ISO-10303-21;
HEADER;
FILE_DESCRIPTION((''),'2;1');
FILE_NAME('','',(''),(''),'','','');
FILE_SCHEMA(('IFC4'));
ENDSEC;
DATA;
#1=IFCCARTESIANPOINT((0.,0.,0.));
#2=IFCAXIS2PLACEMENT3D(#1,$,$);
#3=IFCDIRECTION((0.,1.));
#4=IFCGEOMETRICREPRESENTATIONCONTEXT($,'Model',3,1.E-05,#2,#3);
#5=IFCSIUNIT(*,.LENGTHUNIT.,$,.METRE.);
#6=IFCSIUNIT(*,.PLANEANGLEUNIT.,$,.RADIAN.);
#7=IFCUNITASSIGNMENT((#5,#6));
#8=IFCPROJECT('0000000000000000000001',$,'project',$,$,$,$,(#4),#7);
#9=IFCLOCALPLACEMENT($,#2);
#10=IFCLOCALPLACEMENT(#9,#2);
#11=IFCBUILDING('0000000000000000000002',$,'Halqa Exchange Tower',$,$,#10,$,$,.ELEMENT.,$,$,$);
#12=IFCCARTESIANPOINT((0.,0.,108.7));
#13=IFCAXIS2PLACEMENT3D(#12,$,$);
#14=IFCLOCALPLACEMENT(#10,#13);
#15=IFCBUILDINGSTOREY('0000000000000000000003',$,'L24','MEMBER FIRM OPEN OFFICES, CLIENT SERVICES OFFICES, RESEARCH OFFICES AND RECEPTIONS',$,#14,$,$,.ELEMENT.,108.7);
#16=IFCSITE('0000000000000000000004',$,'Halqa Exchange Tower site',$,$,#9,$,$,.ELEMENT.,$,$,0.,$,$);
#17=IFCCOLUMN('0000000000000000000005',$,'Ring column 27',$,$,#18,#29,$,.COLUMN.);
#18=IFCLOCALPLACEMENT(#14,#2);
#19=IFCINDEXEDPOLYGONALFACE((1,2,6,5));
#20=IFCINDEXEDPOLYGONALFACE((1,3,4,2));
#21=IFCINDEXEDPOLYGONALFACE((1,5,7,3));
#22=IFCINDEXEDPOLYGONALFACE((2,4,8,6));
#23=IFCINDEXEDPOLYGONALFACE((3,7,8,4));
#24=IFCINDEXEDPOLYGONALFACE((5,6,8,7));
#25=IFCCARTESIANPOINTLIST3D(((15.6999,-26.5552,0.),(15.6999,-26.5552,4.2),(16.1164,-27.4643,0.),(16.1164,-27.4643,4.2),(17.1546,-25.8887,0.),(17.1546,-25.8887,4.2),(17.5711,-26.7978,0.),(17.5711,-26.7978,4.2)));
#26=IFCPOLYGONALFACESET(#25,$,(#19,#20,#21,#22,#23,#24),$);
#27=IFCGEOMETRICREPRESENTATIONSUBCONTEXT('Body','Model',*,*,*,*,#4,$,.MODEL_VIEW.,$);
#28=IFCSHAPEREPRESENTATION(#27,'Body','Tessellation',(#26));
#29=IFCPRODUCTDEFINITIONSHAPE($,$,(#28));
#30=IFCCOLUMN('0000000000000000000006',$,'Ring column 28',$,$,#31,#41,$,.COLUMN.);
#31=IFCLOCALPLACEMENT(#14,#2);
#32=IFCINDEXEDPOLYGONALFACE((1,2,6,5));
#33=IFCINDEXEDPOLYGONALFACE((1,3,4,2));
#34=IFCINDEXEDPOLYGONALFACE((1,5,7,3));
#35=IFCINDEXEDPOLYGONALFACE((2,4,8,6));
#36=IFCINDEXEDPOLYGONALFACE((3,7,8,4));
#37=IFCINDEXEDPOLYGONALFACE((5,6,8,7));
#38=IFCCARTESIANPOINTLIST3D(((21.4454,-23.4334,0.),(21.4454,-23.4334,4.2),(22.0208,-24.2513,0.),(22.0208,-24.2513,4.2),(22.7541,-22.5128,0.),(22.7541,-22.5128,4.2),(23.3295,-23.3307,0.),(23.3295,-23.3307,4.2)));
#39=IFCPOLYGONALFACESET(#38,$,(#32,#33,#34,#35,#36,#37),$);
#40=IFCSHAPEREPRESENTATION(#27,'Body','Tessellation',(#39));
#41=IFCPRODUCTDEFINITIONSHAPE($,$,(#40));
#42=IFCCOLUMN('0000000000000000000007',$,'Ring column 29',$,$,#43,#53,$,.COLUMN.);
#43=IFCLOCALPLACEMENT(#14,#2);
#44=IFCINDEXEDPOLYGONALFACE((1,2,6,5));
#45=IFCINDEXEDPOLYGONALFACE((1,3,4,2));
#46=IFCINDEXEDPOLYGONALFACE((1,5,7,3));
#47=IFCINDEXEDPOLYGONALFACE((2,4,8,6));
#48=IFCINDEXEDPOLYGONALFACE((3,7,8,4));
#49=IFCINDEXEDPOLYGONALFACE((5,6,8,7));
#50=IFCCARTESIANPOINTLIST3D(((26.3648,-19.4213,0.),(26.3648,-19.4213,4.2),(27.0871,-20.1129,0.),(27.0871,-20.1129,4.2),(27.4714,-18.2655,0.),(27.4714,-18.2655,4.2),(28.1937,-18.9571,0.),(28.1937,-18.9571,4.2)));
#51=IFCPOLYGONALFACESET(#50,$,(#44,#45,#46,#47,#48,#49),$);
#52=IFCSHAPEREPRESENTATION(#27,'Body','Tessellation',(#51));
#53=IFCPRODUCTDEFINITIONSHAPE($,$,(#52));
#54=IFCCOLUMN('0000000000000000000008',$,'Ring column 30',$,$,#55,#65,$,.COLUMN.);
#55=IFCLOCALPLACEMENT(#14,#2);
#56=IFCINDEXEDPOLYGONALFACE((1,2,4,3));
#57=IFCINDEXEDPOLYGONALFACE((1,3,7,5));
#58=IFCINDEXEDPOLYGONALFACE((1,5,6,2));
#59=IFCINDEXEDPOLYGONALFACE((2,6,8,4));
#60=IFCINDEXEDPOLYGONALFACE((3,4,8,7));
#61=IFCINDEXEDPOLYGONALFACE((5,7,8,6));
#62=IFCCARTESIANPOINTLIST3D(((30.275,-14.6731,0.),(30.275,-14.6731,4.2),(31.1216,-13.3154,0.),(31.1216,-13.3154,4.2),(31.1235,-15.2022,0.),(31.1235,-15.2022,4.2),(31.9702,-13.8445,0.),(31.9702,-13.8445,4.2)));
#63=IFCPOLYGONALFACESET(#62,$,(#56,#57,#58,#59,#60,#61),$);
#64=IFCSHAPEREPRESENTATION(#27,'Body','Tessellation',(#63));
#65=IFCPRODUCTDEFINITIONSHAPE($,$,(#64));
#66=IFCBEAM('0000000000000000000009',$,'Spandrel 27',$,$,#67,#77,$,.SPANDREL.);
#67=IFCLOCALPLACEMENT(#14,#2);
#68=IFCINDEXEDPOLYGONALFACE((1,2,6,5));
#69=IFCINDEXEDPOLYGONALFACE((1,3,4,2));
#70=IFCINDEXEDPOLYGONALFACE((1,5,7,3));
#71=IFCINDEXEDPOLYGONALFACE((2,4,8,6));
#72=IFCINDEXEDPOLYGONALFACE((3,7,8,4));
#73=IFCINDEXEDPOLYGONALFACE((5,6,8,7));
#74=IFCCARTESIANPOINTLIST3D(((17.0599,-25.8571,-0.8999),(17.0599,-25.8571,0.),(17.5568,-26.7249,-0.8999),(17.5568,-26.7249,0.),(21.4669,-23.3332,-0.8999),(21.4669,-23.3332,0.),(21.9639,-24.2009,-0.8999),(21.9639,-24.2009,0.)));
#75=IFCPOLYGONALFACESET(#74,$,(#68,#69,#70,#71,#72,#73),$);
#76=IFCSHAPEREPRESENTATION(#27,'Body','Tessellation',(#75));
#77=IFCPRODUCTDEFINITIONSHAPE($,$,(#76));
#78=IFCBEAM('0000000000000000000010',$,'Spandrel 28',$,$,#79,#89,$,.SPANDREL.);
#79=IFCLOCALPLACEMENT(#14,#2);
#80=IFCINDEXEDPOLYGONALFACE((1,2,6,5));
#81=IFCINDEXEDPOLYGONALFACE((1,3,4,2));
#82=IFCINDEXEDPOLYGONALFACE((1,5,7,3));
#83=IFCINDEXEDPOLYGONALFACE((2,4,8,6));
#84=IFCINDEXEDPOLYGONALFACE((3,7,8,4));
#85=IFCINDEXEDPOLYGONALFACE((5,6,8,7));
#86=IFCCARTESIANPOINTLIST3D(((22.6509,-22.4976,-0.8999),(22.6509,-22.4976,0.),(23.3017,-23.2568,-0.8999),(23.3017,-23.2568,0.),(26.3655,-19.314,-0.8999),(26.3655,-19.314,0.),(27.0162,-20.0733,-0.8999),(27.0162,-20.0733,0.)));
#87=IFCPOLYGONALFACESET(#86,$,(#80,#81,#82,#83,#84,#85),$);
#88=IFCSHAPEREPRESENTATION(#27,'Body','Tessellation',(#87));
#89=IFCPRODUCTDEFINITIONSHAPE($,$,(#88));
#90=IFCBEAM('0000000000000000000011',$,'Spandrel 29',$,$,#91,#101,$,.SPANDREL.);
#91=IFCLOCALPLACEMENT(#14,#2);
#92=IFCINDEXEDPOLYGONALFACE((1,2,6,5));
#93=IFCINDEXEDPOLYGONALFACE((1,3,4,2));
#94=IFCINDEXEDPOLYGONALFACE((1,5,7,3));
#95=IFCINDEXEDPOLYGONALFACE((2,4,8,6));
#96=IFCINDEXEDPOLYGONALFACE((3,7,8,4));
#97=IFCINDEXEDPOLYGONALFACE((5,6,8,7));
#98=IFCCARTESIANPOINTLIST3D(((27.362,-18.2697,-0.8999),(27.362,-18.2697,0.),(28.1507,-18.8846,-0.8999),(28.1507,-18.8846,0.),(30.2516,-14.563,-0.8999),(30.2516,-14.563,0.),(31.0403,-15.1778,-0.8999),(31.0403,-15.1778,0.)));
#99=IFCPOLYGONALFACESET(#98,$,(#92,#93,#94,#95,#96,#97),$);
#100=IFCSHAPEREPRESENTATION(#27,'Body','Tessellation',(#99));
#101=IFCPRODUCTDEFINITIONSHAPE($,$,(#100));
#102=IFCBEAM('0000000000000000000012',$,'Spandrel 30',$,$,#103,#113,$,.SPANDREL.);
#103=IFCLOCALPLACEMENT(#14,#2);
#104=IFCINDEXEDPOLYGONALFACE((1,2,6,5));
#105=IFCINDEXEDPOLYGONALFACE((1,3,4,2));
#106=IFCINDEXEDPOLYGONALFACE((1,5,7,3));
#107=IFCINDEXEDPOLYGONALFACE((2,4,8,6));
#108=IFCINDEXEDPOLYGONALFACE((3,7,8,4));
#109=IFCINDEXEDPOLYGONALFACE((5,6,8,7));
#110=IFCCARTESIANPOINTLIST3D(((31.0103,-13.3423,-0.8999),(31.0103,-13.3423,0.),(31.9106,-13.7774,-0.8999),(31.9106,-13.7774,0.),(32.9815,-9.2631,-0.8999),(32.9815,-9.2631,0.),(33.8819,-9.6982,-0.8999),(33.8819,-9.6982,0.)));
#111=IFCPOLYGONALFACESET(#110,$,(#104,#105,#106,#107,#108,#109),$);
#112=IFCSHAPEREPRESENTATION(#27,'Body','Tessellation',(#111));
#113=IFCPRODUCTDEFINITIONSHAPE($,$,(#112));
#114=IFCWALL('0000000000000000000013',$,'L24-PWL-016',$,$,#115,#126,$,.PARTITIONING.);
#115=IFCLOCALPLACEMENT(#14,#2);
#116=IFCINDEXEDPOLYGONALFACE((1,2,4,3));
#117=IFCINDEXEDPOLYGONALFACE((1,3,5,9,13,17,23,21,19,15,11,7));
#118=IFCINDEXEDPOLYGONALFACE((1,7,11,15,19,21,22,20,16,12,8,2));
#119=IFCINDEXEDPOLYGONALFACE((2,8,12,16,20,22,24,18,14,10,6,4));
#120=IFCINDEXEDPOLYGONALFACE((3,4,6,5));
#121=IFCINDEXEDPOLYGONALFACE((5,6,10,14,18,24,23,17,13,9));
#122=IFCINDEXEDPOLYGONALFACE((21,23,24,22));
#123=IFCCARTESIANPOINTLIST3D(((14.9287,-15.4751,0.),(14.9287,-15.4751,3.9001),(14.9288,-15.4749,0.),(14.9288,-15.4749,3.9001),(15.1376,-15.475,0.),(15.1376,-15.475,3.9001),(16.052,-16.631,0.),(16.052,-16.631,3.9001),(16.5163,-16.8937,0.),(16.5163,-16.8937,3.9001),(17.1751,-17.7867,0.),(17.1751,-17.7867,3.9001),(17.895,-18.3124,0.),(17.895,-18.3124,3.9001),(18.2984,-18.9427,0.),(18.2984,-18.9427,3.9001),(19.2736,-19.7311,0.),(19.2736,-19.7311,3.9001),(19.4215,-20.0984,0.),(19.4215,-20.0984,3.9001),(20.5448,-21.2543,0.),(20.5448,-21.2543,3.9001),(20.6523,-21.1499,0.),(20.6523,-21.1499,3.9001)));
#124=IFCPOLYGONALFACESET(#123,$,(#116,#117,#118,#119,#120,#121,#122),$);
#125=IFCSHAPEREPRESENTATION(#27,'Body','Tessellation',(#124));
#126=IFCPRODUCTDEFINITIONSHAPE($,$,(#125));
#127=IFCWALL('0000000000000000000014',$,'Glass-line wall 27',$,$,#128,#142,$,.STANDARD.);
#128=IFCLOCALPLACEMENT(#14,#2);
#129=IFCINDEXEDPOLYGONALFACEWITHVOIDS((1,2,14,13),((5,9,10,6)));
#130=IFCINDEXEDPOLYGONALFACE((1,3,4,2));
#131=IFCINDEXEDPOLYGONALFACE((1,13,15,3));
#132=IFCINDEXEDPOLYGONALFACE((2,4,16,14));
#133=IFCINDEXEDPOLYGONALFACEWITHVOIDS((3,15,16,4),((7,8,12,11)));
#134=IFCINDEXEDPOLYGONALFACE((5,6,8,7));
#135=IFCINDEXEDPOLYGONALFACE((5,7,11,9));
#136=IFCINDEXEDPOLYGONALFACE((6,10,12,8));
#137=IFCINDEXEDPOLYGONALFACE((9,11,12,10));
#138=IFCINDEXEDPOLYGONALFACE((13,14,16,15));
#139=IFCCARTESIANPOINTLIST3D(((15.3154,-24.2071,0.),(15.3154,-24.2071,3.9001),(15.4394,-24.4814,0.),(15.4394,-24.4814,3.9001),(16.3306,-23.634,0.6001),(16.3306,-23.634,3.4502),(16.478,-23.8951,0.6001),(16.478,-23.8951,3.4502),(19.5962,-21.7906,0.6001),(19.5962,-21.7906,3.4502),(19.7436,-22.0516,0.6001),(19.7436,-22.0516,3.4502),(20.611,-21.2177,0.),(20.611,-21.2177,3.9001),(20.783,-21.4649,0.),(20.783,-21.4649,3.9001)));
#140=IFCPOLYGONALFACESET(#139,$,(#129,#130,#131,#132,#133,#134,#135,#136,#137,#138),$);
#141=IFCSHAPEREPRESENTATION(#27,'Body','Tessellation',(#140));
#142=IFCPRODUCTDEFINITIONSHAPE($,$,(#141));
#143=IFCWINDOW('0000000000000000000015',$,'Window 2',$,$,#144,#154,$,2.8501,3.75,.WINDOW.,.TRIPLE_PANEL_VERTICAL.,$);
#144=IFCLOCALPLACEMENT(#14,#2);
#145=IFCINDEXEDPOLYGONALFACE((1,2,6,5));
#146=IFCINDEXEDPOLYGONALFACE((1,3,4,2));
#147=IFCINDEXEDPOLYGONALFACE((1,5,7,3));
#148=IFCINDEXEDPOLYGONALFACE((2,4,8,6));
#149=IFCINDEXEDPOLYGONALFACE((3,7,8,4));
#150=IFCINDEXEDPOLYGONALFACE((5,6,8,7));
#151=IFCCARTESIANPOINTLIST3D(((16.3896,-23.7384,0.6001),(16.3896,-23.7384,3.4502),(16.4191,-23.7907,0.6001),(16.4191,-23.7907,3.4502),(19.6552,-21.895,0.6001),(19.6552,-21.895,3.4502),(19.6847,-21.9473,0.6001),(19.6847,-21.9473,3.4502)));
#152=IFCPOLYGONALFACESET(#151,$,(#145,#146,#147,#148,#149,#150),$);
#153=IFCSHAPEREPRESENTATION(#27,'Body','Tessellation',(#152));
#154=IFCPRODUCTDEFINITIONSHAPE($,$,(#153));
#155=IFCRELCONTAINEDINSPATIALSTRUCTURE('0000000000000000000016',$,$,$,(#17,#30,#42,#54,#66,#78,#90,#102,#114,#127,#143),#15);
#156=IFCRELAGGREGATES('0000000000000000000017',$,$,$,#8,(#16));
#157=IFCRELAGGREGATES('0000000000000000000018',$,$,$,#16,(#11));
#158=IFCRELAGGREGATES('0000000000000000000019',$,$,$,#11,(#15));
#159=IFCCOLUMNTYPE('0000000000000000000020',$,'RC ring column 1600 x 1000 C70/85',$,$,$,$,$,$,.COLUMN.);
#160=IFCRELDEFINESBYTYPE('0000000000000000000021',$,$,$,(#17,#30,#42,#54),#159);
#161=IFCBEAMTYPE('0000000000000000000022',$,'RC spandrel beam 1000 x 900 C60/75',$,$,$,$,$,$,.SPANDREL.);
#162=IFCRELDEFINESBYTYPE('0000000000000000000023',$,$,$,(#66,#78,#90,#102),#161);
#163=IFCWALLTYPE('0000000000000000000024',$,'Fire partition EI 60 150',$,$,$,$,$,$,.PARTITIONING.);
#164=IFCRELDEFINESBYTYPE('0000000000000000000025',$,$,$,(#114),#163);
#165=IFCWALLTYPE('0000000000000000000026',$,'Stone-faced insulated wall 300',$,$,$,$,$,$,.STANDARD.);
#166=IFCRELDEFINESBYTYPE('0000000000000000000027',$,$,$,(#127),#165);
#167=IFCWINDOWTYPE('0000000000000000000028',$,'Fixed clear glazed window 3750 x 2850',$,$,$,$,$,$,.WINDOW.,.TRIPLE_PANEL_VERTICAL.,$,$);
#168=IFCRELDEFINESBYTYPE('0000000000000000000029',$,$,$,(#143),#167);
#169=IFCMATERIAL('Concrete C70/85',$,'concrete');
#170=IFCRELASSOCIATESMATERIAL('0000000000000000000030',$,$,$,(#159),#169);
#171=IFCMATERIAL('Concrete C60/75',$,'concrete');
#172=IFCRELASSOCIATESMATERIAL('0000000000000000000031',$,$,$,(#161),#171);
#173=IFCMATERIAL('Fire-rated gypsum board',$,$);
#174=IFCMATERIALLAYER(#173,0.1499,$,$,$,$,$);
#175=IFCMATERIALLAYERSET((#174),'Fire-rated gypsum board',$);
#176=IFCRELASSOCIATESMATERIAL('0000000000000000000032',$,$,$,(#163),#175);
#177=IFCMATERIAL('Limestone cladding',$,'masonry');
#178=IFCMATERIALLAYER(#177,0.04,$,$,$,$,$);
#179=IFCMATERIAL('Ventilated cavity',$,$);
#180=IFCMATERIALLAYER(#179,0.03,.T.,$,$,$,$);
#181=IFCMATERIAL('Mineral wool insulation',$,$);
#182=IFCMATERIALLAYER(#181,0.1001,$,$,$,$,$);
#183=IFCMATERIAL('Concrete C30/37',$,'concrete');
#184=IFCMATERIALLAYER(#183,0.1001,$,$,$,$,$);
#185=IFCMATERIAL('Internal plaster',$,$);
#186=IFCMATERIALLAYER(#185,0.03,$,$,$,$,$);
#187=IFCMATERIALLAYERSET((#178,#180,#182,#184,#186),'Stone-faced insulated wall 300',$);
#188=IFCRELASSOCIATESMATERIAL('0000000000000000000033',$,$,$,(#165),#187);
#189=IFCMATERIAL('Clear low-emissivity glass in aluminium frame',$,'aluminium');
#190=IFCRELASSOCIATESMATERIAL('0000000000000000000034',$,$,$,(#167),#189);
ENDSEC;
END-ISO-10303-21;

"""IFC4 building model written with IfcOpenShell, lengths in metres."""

from ifc_helpers import new_model, si_unit, direction, frame, frame_2d, origin, origin_2d, place, context, subcontext, project, spatial, polyline, rectangle, outline, extrude, material, layer, layer_set, material_profile, profile_set, type_object, element, fill, save


model = new_model("IFC4")

# Units and contexts
model_context = context("Model", 3, precision=1e-05, world=origin(), true_north=direction((0.0, 1.0)))
body_context = subcontext(model_context, "Body", "Model", "MODEL_VIEW")
ifc_project = project(units=[si_unit("LENGTHUNIT", "METRE"), si_unit("PLANEANGLEUNIT", "RADIAN")], contexts=[model_context])

# Site, building, storey
site_placement = place(None, origin())
site = spatial("IfcSite", under=ifc_project, at=site_placement, Name="Halqa Exchange Tower site", CompositionType="ELEMENT", RefElevation=0.0)
building_placement = place(site_placement, origin())
building = spatial("IfcBuilding", under=site, at=building_placement, Name="Halqa Exchange Tower", CompositionType="ELEMENT")
storey_placement = place(building_placement, frame((0.0, 0.0, 108.7)))
storey = spatial("IfcBuildingStorey", under=building, at=storey_placement, Name="L24", Description="MEMBER FIRM OPEN OFFICES, CLIENT SERVICES OFFICES, RESEARCH OFFICES AND RECEPTIONS", CompositionType="ELEMENT", Elevation=108.7)

# Columns
ifc_material_1 = material(Name="Concrete C70/85", Category="concrete")
ifc_material_profile_1 = material_profile(ifc_material_1, rectangle(XDim=1.6001, YDim=1.0, at=origin_2d()), Name="1600 x 1000")
ifc_profile_set_1 = profile_set([ifc_material_profile_1], Name="Concrete C70/85")
column_type = type_object("IfcColumnType", Name="RC ring column 1600 x 1000 C70/85", PredefinedType="COLUMN", material=ifc_profile_set_1)
for number, where, z_axis, x_axis, name in (
    (1, (16.6355, -26.6765, 0.0), (0.0, 0.0, 1.0), (0.909128, 0.416517, 0.0), "Ring column 27"),
    (2, (22.3875, -23.3821, 0.0), (0.0, 0.0, 1.0), (0.817911, 0.575345, 0.0), "Ring column 28"),
    (3, (27.2793, -19.1892, 0.0), (0.0, 0.0, 1.0), (0.691581, 0.722299, 0.0), "Ring column 29"),
    (4, (31.1226, -14.2588, 0.0), (0.0, 0.0, 1.0), (0.529139, 0.848535, 0.0), "Ring column 30"),
):
    element("IfcColumn", number, at=place(storey_placement, frame(where, z_axis=z_axis, x_axis=x_axis)), inside=storey, type_object=column_type, Name=name, PredefinedType="COLUMN", context=body_context, shape_type="SweptSolid", body=[
        extrude(rectangle(XDim=1.6001, YDim=1.0, at=origin_2d()), origin(), (0.0, 0.0, 1.0), 4.2),
    ])

# Beams
ifc_material_2 = material(Name="Concrete C60/75", Category="concrete")
ifc_material_profile_2 = material_profile(ifc_material_2, rectangle(XDim=1.0, YDim=0.8999, at=origin_2d()), Name="1000 x 900")
ifc_profile_set_2 = profile_set([ifc_material_profile_2], Name="Concrete C60/75")
beam_type = type_object("IfcBeamType", Name="RC spandrel beam 1000 x 900 C60/75", PredefinedType="SPANDREL", material=ifc_profile_set_2)
beam_1_placement = place(storey_placement, frame((17.3083, -26.291, -0.45), z_axis=(0.867763, 0.496977, 0.0), x_axis=(-0.496977, 0.867763, 0.0)))
element("IfcBeam", 5, at=beam_1_placement, inside=storey, type_object=beam_type, Name="Spandrel 27", PredefinedType="SPANDREL", context=body_context, shape_type="SweptSolid", body=[
    extrude(rectangle(XDim=1.0, YDim=0.8999, at=origin_2d()), origin(), (0.0, 0.0, 1.0), 5.0786),
])
beam_2_placement = place(storey_placement, frame((22.9763, -22.8772, -0.45), z_axis=(0.759292, 0.65075, 0.0), x_axis=(-0.65075, 0.759292, 0.0)))
element("IfcBeam", 6, at=beam_2_placement, inside=storey, type_object=beam_type, Name="Spandrel 28", PredefinedType="SPANDREL", context=body_context, shape_type="SweptSolid", body=[
    extrude(rectangle(XDim=1.0, YDim=0.8999, at=origin_2d()), origin(), (0.0, 0.0, 1.0), 4.8921),
])
beam_3_placement = place(storey_placement, frame((27.7563, -18.5771, -0.45), z_axis=(0.614814, 0.788672, 0.0), x_axis=(-0.788672, 0.614814, 0.0)))
element("IfcBeam", 7, at=beam_3_placement, inside=storey, type_object=beam_type, Name="Spandrel 29", PredefinedType="SPANDREL", context=body_context, shape_type="SweptSolid", body=[
    extrude(rectangle(XDim=1.0, YDim=0.8999, at=origin_2d()), origin(), (0.0, 0.0, 1.0), 4.7),
])
beam_4_placement = place(storey_placement, frame((31.4604, -13.5598, -0.45), z_axis=(0.435102, 0.900381, 0.0), x_axis=(-0.900381, 0.435102, 0.0)))
element("IfcBeam", 8, at=beam_4_placement, inside=storey, type_object=beam_type, Name="Spandrel 30", PredefinedType="SPANDREL", context=body_context, shape_type="SweptSolid", body=[
    extrude(rectangle(XDim=1.0, YDim=0.8999, at=origin_2d()), origin(), (0.0, 0.0, 1.0), 4.5305),
])

# Wall
ifc_material_3 = material(Name="Fire-rated gypsum board")
ifc_layer_1 = layer(ifc_material_3, 0.1499)
ifc_layer_set_1 = layer_set([ifc_layer_1], Name="Fire-rated gypsum board")
wall_type_1 = type_object("IfcWallType", Name="Fire partition EI 60 150", PredefinedType="PARTITIONING", material=ifc_layer_set_1)
wall_1_placement = place(storey_placement, frame((14.9824, -15.4229, 0.0), z_axis=(0.0, 0.0, 1.0), x_axis=(0.696916, -0.717153, 0.0)))
element("IfcWall", 9, at=wall_1_placement, inside=storey, type_object=wall_type_1, Name="L24-PWL-016", PredefinedType="PARTITIONING", context=body_context, shape_type="SweptSolid", body=[
    extrude(outline(polyline([(8.0586, 0.075), (6.0803, 0.075), (4.1021, 0.075), (2.1238, 0.075), (0.1455, 0.075), (0.0, -0.0747), (0.0, -0.075), (1.6118, -0.075), (3.2234, -0.075), (4.8352, -0.075), (6.4468, -0.075), (8.0586, -0.075), (8.0586, 0.075)])), origin(), (0.0, 0.0, 1.0), 3.9001),
])

# Wall, opening, window
ifc_material_4 = material(Name="Limestone cladding", Category="masonry")
ifc_layer_2 = layer(ifc_material_4, 0.04)
ifc_material_5 = material(Name="Ventilated cavity")
ifc_layer_3 = layer(ifc_material_5, 0.03, ventilated=True)
ifc_material_6 = material(Name="Mineral wool insulation")
ifc_layer_4 = layer(ifc_material_6, 0.1001)
ifc_material_7 = material(Name="Concrete C30/37", Category="concrete")
ifc_layer_5 = layer(ifc_material_7, 0.1001)
ifc_material_8 = material(Name="Internal plaster")
ifc_layer_6 = layer(ifc_material_8, 0.03)
ifc_layer_set_2 = layer_set([ifc_layer_2, ifc_layer_3, ifc_layer_4, ifc_layer_5, ifc_layer_6], Name="Stone-faced insulated wall 300")
wall_type_2 = type_object("IfcWallType", Name="Stone-faced insulated wall 300", PredefinedType="STANDARD", material=ifc_layer_set_2)
wall_2_placement = place(storey_placement, frame((15.3774, -24.3442, 0.0), z_axis=(0.0, 0.0, 1.0), x_axis=(0.870828, 0.491587, 0.0)))
wall_2 = element("IfcWall", 10, at=wall_2_placement, inside=storey, type_object=wall_type_2, Name="Glass-line wall 27", PredefinedType="STANDARD", context=body_context, shape_type="SweptSolid", body=[
    extrude(outline(polyline([(-0.0134, -0.1499), (6.1228, -0.1499), (6.0945, 0.1499), (0.0134, 0.1499), (-0.0134, -0.1499)])), origin(), (0.0, 0.0, 1.0), 3.9001),
])
opening_1_placement = place(wall_2_placement, frame((1.1792, 0.0, 0.6001)))
opening_1 = element("IfcOpeningElement", 11, at=opening_1_placement, cuts=wall_2, PredefinedType="OPENING", context=body_context, shape_type="SweptSolid", body=[
    extrude(rectangle(XDim=3.75, YDim=2.8501, at=frame_2d((1.875, 1.425))), frame((0.0, 0.1621, 0.0), z_axis=(0.0, -1.0, 0.0), x_axis=(1.0, 0.0, 0.0)), (0.0, 0.0, 1.0), 0.324),
])
ifc_material_9 = material(Name="Clear low-emissivity glass in aluminium frame", Category="aluminium")
window_type = type_object("IfcWindowType", Name="Fixed clear glazed window 3750 x 2850", PartitioningType="TRIPLE_PANEL_VERTICAL", PredefinedType="WINDOW", material=ifc_material_9)
window_1_placement = place(opening_1_placement, origin())
window_1 = element("IfcWindow", 12, at=window_1_placement, inside=storey, type_object=window_type, Name="Window 2", OverallHeight=2.8501, OverallWidth=3.75, PartitioningType="TRIPLE_PANEL_VERTICAL", PredefinedType="WINDOW", context=body_context, shape_type="SweptSolid", body=[
    extrude(rectangle(XDim=3.75, YDim=2.8501, at=frame_2d((1.875, 1.425))), frame((0.0, 0.03, 0.0), z_axis=(0.0, -1.0, 0.0), x_axis=(1.0, 0.0, 0.0)), (0.0, 0.0, 1.0), 0.0601),
])
fill(opening_1, window_1)

save(model, "model.ifc")
